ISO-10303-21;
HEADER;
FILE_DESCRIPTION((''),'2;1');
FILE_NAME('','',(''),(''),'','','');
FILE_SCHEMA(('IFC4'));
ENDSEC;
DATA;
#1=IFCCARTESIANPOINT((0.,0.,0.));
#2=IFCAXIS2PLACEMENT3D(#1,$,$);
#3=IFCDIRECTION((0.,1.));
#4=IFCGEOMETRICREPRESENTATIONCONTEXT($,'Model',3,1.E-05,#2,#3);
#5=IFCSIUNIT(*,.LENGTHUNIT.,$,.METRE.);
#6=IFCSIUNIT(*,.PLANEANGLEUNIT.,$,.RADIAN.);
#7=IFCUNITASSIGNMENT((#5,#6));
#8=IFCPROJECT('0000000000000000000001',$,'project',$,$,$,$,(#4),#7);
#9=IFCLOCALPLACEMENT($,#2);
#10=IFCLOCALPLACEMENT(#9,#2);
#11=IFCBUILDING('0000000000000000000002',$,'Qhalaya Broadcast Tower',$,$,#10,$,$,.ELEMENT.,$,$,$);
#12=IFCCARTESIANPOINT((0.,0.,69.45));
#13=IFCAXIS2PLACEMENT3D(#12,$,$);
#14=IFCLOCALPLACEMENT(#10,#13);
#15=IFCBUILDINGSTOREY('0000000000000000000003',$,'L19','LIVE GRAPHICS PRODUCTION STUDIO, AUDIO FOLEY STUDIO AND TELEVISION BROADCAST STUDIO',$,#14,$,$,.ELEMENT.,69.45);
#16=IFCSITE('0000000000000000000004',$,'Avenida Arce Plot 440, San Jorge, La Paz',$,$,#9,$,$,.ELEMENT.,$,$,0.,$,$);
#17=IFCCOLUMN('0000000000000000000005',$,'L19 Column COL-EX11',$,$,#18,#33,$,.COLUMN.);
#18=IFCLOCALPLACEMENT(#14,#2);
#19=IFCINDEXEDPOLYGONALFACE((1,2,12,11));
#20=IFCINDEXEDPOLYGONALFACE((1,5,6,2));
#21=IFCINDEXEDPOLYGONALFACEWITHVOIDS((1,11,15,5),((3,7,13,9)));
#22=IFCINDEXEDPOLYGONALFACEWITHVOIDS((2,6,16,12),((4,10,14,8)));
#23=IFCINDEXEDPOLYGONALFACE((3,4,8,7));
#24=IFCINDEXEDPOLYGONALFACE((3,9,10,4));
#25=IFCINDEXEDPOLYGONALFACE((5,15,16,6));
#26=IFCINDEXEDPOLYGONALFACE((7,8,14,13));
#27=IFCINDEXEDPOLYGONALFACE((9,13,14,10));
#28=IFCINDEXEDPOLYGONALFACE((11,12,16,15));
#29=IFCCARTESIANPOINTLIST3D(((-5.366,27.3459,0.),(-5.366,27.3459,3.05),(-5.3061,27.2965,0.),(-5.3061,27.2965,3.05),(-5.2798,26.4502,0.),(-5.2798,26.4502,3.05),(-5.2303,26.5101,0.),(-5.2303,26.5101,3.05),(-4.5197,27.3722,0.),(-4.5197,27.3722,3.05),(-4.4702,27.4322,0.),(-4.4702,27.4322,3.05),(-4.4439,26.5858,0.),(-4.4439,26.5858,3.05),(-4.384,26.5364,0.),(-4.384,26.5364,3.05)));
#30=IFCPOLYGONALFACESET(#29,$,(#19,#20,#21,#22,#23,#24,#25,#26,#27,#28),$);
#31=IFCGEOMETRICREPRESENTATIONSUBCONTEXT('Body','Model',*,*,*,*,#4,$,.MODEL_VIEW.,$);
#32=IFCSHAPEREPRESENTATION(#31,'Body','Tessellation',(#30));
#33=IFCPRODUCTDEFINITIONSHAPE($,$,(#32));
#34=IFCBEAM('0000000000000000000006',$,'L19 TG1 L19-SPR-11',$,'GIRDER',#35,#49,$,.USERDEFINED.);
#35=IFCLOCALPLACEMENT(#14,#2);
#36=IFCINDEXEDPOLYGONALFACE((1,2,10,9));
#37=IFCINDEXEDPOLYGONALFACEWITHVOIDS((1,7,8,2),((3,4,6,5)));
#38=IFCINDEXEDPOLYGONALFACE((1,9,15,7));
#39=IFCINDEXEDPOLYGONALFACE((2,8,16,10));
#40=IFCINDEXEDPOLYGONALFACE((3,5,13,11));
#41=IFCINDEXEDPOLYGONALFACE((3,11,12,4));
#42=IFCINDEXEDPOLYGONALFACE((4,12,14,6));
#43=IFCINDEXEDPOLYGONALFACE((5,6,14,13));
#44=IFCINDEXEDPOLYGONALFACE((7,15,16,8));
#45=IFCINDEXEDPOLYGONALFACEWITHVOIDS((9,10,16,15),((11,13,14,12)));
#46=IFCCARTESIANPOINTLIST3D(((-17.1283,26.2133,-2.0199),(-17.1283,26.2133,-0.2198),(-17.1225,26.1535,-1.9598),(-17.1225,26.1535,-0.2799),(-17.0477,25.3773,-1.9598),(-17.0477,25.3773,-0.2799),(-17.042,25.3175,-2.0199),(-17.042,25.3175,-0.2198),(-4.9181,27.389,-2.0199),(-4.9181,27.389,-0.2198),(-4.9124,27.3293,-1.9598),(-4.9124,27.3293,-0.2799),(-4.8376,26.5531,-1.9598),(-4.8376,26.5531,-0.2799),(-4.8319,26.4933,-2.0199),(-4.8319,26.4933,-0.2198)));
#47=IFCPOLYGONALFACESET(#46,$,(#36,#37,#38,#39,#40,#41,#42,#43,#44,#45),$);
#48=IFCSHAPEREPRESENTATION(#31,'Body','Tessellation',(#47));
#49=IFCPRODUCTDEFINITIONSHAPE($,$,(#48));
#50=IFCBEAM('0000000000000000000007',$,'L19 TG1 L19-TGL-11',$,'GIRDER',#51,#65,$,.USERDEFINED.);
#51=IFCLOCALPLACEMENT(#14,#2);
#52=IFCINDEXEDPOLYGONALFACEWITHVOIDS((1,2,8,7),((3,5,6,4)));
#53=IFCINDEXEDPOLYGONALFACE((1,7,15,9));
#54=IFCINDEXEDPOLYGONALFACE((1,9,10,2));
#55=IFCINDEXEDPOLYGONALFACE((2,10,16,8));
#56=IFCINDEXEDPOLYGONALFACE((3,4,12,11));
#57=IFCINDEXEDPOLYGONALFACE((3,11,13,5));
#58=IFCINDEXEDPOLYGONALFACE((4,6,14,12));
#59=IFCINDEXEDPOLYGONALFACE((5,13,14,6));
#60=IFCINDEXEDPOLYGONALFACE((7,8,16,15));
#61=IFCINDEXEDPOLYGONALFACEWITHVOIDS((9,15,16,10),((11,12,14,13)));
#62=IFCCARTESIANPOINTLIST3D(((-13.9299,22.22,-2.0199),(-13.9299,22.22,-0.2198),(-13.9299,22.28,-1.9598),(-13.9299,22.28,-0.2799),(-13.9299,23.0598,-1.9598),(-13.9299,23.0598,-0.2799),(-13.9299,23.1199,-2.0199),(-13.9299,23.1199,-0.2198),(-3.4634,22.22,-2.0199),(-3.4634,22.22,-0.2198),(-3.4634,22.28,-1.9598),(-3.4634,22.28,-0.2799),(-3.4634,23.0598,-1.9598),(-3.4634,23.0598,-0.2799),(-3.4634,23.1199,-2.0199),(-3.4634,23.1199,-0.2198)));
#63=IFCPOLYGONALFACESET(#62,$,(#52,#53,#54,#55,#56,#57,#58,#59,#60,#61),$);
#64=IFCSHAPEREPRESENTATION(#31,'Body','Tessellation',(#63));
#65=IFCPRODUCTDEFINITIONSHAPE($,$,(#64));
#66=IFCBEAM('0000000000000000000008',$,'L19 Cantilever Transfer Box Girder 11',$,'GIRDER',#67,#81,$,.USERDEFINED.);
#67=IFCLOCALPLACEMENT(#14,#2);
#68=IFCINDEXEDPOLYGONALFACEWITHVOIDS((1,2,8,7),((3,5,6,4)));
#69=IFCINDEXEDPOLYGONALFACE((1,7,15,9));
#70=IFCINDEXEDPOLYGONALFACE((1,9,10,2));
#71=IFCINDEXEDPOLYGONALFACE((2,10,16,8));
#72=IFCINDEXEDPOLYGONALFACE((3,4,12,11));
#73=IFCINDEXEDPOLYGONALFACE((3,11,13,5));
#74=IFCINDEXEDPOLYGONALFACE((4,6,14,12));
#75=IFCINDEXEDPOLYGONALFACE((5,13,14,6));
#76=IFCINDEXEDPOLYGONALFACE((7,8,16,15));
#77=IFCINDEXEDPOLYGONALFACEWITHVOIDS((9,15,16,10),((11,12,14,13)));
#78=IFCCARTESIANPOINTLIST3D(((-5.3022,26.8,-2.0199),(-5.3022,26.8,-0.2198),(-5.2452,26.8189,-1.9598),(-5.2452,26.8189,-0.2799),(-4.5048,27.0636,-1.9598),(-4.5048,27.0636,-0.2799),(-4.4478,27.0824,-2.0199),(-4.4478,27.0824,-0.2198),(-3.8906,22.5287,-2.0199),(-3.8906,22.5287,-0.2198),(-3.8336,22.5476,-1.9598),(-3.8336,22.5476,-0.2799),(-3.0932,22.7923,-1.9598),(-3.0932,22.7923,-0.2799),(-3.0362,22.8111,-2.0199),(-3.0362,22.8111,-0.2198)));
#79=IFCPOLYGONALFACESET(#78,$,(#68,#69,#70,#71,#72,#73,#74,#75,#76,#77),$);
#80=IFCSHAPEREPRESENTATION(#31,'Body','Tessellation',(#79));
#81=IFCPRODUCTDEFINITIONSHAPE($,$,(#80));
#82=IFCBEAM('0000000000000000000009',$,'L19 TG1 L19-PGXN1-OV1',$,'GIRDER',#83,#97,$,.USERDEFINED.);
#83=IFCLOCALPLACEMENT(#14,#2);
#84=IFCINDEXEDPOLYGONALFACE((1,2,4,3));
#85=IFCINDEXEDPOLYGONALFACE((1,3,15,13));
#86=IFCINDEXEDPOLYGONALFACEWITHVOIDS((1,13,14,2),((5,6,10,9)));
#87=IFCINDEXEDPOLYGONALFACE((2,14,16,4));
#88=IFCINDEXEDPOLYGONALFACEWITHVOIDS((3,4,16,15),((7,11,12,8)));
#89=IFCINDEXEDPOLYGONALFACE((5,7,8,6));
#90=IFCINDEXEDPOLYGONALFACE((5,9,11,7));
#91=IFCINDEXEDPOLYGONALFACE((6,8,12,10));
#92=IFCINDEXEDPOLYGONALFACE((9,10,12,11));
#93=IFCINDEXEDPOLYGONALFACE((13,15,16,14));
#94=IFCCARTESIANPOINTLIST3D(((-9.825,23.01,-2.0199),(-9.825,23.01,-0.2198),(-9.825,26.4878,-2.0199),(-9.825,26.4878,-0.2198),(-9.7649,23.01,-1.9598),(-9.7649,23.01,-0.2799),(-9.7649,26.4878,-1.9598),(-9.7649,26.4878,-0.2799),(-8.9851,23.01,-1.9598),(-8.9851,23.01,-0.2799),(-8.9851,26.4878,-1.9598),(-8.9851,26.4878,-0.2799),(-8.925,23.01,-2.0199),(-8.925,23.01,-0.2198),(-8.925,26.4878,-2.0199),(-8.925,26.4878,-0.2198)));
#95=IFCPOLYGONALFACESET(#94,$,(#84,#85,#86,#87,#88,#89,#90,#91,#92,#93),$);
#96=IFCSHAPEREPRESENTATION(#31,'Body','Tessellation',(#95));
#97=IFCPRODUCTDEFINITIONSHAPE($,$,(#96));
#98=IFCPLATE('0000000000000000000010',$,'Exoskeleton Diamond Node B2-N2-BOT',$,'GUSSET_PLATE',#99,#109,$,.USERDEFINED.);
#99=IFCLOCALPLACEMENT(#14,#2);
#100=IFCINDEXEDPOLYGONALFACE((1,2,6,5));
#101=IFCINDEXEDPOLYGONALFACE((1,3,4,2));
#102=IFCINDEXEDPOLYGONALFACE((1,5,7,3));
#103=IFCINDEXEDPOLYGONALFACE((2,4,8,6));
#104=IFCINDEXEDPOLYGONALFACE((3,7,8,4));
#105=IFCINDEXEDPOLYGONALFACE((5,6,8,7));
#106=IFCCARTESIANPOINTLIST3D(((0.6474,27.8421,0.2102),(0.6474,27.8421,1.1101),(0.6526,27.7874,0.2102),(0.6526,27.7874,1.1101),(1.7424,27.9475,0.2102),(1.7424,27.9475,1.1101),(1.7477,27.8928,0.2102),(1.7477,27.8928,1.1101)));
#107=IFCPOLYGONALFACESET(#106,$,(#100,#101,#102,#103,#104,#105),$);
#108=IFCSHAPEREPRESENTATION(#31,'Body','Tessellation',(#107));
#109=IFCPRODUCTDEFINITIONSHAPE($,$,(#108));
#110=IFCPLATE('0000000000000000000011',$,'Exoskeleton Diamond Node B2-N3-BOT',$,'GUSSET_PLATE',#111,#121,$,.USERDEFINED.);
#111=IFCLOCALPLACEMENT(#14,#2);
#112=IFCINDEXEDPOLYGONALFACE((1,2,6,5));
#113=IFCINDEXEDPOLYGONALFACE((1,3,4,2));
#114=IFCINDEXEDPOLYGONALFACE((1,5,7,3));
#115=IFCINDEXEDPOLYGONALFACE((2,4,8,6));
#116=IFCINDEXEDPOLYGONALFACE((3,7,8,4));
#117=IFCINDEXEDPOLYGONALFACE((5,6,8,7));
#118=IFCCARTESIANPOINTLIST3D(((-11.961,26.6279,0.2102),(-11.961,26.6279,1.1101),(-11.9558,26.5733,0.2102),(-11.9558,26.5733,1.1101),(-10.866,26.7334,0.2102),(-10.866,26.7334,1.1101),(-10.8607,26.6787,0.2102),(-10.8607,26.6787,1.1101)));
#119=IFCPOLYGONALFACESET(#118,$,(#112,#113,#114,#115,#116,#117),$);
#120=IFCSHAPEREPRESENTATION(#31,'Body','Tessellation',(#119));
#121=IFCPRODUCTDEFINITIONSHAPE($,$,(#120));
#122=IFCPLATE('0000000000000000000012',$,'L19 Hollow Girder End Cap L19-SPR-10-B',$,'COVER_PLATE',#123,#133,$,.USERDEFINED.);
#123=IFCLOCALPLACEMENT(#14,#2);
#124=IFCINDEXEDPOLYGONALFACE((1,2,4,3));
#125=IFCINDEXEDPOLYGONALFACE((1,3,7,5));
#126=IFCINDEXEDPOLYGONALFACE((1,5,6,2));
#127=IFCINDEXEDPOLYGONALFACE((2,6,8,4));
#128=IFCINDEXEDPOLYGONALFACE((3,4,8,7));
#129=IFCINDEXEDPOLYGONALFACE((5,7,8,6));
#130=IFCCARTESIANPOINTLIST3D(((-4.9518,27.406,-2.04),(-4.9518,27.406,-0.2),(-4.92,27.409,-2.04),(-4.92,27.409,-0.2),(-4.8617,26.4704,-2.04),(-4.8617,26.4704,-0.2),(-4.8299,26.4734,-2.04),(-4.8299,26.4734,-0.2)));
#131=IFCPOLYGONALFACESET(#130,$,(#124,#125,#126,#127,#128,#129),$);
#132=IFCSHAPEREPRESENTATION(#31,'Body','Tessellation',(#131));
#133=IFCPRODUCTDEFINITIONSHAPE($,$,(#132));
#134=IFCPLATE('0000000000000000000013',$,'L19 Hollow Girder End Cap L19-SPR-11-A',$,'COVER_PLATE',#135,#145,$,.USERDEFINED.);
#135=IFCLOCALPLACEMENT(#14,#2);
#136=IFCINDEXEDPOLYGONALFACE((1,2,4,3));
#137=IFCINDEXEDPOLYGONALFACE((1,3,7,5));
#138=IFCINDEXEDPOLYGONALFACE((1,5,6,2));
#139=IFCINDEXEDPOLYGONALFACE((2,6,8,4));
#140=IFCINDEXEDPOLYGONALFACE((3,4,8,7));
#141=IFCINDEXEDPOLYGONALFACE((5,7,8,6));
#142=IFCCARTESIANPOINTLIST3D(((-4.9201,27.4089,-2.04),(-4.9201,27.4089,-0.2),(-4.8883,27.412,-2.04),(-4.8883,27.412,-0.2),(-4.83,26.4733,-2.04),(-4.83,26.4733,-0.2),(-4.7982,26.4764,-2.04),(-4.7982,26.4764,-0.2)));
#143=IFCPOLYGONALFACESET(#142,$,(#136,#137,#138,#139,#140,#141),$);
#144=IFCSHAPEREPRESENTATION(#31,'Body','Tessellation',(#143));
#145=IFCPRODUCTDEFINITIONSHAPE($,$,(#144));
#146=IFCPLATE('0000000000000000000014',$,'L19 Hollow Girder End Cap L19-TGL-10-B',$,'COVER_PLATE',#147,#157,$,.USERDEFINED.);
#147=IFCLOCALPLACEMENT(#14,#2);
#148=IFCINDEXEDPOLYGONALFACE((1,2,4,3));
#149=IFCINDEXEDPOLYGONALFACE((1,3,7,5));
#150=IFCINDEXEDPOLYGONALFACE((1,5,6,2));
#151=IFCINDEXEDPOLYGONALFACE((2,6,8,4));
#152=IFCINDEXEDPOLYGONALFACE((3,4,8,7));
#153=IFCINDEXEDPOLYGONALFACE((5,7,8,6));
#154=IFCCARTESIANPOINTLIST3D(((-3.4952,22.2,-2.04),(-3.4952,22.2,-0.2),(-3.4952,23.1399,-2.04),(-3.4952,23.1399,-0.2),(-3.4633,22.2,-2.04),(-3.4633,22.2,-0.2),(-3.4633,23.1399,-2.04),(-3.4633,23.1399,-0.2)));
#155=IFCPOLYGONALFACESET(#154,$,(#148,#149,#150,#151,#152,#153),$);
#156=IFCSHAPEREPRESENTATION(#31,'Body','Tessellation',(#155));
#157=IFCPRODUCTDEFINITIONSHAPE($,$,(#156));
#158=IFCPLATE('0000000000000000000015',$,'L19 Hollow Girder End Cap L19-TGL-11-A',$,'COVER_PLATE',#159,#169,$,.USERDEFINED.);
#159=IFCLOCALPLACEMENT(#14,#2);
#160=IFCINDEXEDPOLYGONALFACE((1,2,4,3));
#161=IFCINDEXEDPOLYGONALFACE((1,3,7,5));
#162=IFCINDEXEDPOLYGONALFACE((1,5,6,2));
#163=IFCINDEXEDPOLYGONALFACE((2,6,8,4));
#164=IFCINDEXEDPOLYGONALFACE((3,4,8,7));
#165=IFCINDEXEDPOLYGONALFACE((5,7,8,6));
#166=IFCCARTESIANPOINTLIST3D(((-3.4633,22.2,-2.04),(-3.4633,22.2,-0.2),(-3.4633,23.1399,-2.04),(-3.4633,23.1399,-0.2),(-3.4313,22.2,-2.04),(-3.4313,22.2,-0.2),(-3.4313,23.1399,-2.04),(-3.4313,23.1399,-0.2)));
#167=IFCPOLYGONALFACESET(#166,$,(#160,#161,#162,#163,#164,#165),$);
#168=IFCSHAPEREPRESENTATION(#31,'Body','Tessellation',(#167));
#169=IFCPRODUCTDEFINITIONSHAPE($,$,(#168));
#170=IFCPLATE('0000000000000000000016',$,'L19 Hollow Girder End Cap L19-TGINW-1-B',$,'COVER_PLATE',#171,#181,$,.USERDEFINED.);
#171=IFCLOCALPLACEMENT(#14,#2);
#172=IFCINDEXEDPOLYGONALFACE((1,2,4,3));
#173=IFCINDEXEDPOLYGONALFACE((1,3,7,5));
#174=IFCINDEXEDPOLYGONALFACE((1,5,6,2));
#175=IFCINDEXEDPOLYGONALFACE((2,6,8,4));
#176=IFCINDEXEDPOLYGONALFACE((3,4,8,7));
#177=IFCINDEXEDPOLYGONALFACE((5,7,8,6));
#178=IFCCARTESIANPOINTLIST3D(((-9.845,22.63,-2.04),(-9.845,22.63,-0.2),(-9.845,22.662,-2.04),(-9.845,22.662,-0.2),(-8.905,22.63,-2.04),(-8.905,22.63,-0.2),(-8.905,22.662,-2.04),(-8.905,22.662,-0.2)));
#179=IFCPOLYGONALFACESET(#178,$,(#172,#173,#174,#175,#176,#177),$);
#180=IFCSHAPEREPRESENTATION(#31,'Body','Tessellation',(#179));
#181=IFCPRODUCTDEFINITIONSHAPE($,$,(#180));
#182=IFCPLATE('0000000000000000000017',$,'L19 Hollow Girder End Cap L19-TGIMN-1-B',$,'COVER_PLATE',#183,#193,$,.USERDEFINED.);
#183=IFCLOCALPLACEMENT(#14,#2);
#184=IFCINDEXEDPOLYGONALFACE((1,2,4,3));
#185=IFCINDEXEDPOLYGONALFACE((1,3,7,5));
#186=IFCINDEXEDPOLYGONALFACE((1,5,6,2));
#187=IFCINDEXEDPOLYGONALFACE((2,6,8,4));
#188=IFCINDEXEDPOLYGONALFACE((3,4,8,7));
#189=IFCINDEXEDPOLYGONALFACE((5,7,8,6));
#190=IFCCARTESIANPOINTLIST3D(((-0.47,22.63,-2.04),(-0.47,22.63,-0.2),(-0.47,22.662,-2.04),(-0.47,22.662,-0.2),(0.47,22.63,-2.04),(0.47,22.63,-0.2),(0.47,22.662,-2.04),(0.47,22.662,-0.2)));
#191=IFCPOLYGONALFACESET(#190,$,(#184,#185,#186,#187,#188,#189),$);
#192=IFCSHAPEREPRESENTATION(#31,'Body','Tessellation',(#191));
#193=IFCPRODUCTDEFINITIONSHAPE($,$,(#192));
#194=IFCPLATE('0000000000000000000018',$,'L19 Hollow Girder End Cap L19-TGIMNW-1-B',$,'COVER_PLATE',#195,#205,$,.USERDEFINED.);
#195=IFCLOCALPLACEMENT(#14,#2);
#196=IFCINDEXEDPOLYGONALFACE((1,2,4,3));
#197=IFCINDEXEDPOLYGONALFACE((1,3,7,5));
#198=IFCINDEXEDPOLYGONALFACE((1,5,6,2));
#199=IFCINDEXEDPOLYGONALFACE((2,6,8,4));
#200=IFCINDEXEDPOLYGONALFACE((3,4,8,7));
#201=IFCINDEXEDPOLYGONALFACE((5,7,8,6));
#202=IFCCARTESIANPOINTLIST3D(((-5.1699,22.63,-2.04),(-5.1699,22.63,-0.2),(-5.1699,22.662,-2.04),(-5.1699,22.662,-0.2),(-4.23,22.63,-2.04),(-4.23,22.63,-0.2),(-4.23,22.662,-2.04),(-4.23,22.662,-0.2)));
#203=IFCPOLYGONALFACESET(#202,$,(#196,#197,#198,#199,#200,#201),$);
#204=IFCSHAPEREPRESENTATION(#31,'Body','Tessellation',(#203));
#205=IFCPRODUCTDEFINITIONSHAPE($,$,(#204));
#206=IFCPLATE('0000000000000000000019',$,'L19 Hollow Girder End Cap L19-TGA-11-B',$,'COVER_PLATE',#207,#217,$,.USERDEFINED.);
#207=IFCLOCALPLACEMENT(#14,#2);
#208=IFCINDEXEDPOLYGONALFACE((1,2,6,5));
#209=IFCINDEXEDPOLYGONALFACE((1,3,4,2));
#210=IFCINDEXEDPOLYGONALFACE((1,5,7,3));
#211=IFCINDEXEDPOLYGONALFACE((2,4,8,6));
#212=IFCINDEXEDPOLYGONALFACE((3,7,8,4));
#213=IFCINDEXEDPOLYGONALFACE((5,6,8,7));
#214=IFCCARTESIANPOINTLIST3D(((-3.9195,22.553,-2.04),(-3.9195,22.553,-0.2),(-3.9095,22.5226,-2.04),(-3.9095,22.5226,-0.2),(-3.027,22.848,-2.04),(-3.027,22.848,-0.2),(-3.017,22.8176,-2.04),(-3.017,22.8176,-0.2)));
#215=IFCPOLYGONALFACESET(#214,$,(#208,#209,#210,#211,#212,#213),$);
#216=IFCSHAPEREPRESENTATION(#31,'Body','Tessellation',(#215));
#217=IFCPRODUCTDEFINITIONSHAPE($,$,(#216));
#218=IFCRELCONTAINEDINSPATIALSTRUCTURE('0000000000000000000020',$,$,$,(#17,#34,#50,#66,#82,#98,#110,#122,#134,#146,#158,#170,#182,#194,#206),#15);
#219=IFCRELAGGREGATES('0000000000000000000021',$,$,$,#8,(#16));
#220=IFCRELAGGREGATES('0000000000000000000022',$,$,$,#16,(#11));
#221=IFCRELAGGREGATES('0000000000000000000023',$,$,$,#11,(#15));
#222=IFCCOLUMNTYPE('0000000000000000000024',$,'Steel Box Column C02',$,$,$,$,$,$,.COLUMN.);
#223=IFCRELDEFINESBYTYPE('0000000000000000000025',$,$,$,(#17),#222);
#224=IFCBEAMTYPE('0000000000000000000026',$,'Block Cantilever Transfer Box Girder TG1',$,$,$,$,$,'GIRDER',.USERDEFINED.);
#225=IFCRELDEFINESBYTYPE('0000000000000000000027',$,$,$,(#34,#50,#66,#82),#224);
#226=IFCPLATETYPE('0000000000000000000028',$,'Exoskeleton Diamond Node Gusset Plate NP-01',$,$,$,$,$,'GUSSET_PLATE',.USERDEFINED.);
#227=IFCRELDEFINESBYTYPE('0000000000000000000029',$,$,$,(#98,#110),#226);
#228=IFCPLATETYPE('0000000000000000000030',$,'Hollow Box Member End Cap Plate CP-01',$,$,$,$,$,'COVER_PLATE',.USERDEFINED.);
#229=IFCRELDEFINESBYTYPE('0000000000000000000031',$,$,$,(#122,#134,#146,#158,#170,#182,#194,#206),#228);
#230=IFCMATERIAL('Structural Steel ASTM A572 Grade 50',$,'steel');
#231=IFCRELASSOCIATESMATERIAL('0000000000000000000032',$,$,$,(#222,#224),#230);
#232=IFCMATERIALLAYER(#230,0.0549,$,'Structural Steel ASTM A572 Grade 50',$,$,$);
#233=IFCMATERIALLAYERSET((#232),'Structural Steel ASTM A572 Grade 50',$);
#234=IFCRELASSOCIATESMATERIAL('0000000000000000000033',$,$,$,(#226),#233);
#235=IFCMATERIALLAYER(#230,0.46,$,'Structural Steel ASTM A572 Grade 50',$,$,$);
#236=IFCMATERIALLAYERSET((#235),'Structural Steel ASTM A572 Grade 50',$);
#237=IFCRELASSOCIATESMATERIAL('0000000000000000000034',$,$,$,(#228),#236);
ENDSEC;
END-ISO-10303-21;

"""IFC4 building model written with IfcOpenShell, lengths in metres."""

from ifc_helpers import new_model, si_unit, direction, frame, origin, origin_2d, place, context, subcontext, project, spatial, rectangle, hollow_rectangle, extrude, material, layer, layer_set, material_profile, profile_set, type_object, element, save


model = new_model("IFC4")

# Units and contexts
model_context = context("Model", 3, precision=1e-05, world=origin(), true_north=direction((0.0, 1.0)))
body_context = subcontext(model_context, "Body", "Model", "MODEL_VIEW")
ifc_project = project(units=[si_unit("LENGTHUNIT", "METRE"), si_unit("PLANEANGLEUNIT", "RADIAN")], contexts=[model_context])

# Site, building, storey
site_placement = place(None, origin())
site = spatial("IfcSite", under=ifc_project, at=site_placement, Name="Avenida Arce Plot 440, San Jorge, La Paz", CompositionType="ELEMENT", RefElevation=0.0)
building_placement = place(site_placement, origin())
building = spatial("IfcBuilding", under=site, at=building_placement, Name="Qhalaya Broadcast Tower", CompositionType="ELEMENT")
storey_placement = place(building_placement, frame((0.0, 0.0, 69.45)))
storey = spatial("IfcBuildingStorey", under=building, at=storey_placement, Name="L19", Description="LIVE GRAPHICS PRODUCTION STUDIO, AUDIO FOLEY STUDIO AND TELEVISION BROADCAST STUDIO", CompositionType="ELEMENT", Elevation=69.45)

# Column
ifc_material = material(Name="Structural Steel ASTM A572 Grade 50", Category="steel")
ifc_material_profile_1 = material_profile(ifc_material, hollow_rectangle(XDim=0.8999, YDim=0.8999, WallThickness=0.0549, at=origin_2d()), Name="BOX 900x900x55")
ifc_profile_set_1 = profile_set([ifc_material_profile_1], Name="Structural Steel ASTM A572 Grade 50")
column_type = type_object("IfcColumnType", Name="Steel Box Column C02", PredefinedType="COLUMN", material=ifc_profile_set_1)
column_placement = place(storey_placement, frame((-4.875, 26.9412, 0.0), z_axis=(0.0, 0.0, 1.0), x_axis=(0.995396, 0.095846, 0.0)))
element("IfcColumn", 1, at=column_placement, inside=storey, type_object=column_type, Name="L19 Column COL-EX11", PredefinedType="COLUMN", context=body_context, shape_type="SweptSolid", body=[
    extrude(hollow_rectangle(XDim=0.8999, YDim=0.8999, WallThickness=0.0549, at=origin_2d()), origin(), (0.0, 0.0, 1.0), 3.05),
])

# Beams
ifc_material_profile_2 = material_profile(ifc_material, hollow_rectangle(XDim=0.8999, YDim=1.8, WallThickness=0.0601, at=origin_2d()), Name="BOX 900x1800x60")
ifc_profile_set_2 = profile_set([ifc_material_profile_2], Name="Structural Steel ASTM A572 Grade 50")
beam_type = type_object("IfcBeamType", Name="Block Cantilever Transfer Box Girder TG1", ElementType="GIRDER", PredefinedType="USERDEFINED", material=ifc_profile_set_2)
beam_1_placement = place(storey_placement, frame((-4.875, 26.9412, -1.1199), z_axis=(-0.995396, -0.095852, 0.0), x_axis=(0.095852, -0.995396, 0.0)))
element("IfcBeam", 2, at=beam_1_placement, inside=storey, type_object=beam_type, Name="L19 TG1 L19-SPR-11", ObjectType="GIRDER", PredefinedType="USERDEFINED", context=body_context, shape_type="SweptSolid", body=[
    extrude(hollow_rectangle(XDim=0.8999, YDim=1.8, WallThickness=0.0601, at=origin_2d()), origin(), (0.0, 0.0, 1.0), 12.2666),
])
beam_2_placement = place(storey_placement, frame((-3.4634, 22.6699, -1.1199), z_axis=(-1.0, 0.0, 0.0), x_axis=(0.0, -1.0, 0.0)))
element("IfcBeam", 3, at=beam_2_placement, inside=storey, type_object=beam_type, Name="L19 TG1 L19-TGL-11", ObjectType="GIRDER", PredefinedType="USERDEFINED", context=body_context, shape_type="SweptSolid", body=[
    extrude(hollow_rectangle(XDim=0.8999, YDim=1.8, WallThickness=0.0601, at=origin_2d()), origin(), (0.0, 0.0, 1.0), 10.4666),
])
beam_3_placement = place(storey_placement, frame((-3.4634, 22.6699, -1.1199), z_axis=(-0.313801, 0.949489, 0.0), x_axis=(-0.949489, -0.313801, 0.0)))
element("IfcBeam", 4, at=beam_3_placement, inside=storey, type_object=beam_type, Name="L19 Cantilever Transfer Box Girder 11", ObjectType="GIRDER", PredefinedType="USERDEFINED", context=body_context, shape_type="SweptSolid", body=[
    extrude(hollow_rectangle(XDim=0.8999, YDim=1.8, WallThickness=0.0601, at=origin_2d()), origin(), (0.0, 0.0, 1.0), 4.4985),
])
beam_4_placement = place(storey_placement, frame((-9.375, 23.01, -1.1199), z_axis=(0.0, 1.0, 0.0), x_axis=(-1.0, 0.0, 0.0)))
element("IfcBeam", 5, at=beam_4_placement, inside=storey, type_object=beam_type, Name="L19 TG1 L19-PGXN1-OV1", ObjectType="GIRDER", PredefinedType="USERDEFINED", context=body_context, shape_type="SweptSolid", body=[
    extrude(hollow_rectangle(XDim=0.8999, YDim=1.8, WallThickness=0.0601, at=origin_2d()), origin(), (0.0, 0.0, 1.0), 3.4778),
])

# Plates
ifc_layer_1 = layer(ifc_material, 0.0549, Name="Structural Steel ASTM A572 Grade 50")
ifc_layer_set_1 = layer_set([ifc_layer_1], Name="Structural Steel ASTM A572 Grade 50")
plate_type_1 = type_object("IfcPlateType", Name="Exoskeleton Diamond Node Gusset Plate NP-01", ElementType="GUSSET_PLATE", PredefinedType="USERDEFINED", material=ifc_layer_set_1)
for number, where, z_axis, x_axis, name in (
    (6, (1.1975, 27.8674, 0.2102), (0.0, 0.0, 1.0), (0.995396, 0.095846, 0.0), "Exoskeleton Diamond Node B2-N2-BOT"),
    (7, (-11.4109, 26.6533, 0.2102), (0.0, 0.0, 1.0), (0.995396, 0.095846, 0.0), "Exoskeleton Diamond Node B2-N3-BOT"),
):
    element("IfcPlate", number, at=place(storey_placement, frame(where, z_axis=z_axis, x_axis=x_axis)), inside=storey, type_object=plate_type_1, Name=name, ObjectType="GUSSET_PLATE", PredefinedType="USERDEFINED", context=body_context, shape_type="SweptSolid", body=[
        extrude(rectangle(XDim=1.1001, YDim=0.0549, at=origin_2d()), origin(), (0.0, 0.0, 1.0), 0.8999),
    ])
ifc_layer_2 = layer(ifc_material, 0.46, Name="Structural Steel ASTM A572 Grade 50")
ifc_layer_set_2 = layer_set([ifc_layer_2], Name="Structural Steel ASTM A572 Grade 50")
plate_type_2 = type_object("IfcPlateType", Name="Hollow Box Member End Cap Plate CP-01", ElementType="COVER_PLATE", PredefinedType="USERDEFINED", material=ifc_layer_set_2)
for number, where, z_axis, x_axis, name in (
    (8, (-4.8909, 26.9397, -2.04), (0.0, 0.0, 1.0), (0.095846, -0.995396, 0.0), "L19 Hollow Girder End Cap L19-SPR-10-B"),
    (9, (-4.8591, 26.9426, -2.04), (0.0, 0.0, 1.0), (0.095846, -0.995396, 0.0), "L19 Hollow Girder End Cap L19-SPR-11-A"),
    (10, (-3.4792, 22.6699, -2.04), (0.0, 0.0, 1.0), (0.0, -1.0, 0.0), "L19 Hollow Girder End Cap L19-TGL-10-B"),
    (11, (-3.4473, 22.6699, -2.04), (0.0, 0.0, 1.0), (0.0, -1.0, 0.0), "L19 Hollow Girder End Cap L19-TGL-11-A"),
    (12, (-9.375, 22.646, -2.04), (0.0, 0.0, 1.0), (-1.0, 0.0, 0.0), "L19 Hollow Girder End Cap L19-TGINW-1-B"),
    (13, (0.0, 22.646, -2.04), (0.0, 0.0, 1.0), (-1.0, 0.0, 0.0), "L19 Hollow Girder End Cap L19-TGIMN-1-B"),
    (14, (-4.7, 22.646, -2.04), (0.0, 0.0, 1.0), (-1.0, 0.0, 0.0), "L19 Hollow Girder End Cap L19-TGIMNW-1-B"),
    (15, (-3.4683, 22.6853, -2.04), (0.0, 0.0, 1.0), (-0.949486, -0.31381, 0.0), "L19 Hollow Girder End Cap L19-TGA-11-B"),
):
    element("IfcPlate", number, at=place(storey_placement, frame(where, z_axis=z_axis, x_axis=x_axis)), inside=storey, type_object=plate_type_2, Name=name, ObjectType="COVER_PLATE", PredefinedType="USERDEFINED", context=body_context, shape_type="SweptSolid", body=[
        extrude(rectangle(XDim=0.9399, YDim=0.032, at=origin_2d()), origin(), (0.0, 0.0, 1.0), 1.8401),
    ])

save(model, "model.ifc")
